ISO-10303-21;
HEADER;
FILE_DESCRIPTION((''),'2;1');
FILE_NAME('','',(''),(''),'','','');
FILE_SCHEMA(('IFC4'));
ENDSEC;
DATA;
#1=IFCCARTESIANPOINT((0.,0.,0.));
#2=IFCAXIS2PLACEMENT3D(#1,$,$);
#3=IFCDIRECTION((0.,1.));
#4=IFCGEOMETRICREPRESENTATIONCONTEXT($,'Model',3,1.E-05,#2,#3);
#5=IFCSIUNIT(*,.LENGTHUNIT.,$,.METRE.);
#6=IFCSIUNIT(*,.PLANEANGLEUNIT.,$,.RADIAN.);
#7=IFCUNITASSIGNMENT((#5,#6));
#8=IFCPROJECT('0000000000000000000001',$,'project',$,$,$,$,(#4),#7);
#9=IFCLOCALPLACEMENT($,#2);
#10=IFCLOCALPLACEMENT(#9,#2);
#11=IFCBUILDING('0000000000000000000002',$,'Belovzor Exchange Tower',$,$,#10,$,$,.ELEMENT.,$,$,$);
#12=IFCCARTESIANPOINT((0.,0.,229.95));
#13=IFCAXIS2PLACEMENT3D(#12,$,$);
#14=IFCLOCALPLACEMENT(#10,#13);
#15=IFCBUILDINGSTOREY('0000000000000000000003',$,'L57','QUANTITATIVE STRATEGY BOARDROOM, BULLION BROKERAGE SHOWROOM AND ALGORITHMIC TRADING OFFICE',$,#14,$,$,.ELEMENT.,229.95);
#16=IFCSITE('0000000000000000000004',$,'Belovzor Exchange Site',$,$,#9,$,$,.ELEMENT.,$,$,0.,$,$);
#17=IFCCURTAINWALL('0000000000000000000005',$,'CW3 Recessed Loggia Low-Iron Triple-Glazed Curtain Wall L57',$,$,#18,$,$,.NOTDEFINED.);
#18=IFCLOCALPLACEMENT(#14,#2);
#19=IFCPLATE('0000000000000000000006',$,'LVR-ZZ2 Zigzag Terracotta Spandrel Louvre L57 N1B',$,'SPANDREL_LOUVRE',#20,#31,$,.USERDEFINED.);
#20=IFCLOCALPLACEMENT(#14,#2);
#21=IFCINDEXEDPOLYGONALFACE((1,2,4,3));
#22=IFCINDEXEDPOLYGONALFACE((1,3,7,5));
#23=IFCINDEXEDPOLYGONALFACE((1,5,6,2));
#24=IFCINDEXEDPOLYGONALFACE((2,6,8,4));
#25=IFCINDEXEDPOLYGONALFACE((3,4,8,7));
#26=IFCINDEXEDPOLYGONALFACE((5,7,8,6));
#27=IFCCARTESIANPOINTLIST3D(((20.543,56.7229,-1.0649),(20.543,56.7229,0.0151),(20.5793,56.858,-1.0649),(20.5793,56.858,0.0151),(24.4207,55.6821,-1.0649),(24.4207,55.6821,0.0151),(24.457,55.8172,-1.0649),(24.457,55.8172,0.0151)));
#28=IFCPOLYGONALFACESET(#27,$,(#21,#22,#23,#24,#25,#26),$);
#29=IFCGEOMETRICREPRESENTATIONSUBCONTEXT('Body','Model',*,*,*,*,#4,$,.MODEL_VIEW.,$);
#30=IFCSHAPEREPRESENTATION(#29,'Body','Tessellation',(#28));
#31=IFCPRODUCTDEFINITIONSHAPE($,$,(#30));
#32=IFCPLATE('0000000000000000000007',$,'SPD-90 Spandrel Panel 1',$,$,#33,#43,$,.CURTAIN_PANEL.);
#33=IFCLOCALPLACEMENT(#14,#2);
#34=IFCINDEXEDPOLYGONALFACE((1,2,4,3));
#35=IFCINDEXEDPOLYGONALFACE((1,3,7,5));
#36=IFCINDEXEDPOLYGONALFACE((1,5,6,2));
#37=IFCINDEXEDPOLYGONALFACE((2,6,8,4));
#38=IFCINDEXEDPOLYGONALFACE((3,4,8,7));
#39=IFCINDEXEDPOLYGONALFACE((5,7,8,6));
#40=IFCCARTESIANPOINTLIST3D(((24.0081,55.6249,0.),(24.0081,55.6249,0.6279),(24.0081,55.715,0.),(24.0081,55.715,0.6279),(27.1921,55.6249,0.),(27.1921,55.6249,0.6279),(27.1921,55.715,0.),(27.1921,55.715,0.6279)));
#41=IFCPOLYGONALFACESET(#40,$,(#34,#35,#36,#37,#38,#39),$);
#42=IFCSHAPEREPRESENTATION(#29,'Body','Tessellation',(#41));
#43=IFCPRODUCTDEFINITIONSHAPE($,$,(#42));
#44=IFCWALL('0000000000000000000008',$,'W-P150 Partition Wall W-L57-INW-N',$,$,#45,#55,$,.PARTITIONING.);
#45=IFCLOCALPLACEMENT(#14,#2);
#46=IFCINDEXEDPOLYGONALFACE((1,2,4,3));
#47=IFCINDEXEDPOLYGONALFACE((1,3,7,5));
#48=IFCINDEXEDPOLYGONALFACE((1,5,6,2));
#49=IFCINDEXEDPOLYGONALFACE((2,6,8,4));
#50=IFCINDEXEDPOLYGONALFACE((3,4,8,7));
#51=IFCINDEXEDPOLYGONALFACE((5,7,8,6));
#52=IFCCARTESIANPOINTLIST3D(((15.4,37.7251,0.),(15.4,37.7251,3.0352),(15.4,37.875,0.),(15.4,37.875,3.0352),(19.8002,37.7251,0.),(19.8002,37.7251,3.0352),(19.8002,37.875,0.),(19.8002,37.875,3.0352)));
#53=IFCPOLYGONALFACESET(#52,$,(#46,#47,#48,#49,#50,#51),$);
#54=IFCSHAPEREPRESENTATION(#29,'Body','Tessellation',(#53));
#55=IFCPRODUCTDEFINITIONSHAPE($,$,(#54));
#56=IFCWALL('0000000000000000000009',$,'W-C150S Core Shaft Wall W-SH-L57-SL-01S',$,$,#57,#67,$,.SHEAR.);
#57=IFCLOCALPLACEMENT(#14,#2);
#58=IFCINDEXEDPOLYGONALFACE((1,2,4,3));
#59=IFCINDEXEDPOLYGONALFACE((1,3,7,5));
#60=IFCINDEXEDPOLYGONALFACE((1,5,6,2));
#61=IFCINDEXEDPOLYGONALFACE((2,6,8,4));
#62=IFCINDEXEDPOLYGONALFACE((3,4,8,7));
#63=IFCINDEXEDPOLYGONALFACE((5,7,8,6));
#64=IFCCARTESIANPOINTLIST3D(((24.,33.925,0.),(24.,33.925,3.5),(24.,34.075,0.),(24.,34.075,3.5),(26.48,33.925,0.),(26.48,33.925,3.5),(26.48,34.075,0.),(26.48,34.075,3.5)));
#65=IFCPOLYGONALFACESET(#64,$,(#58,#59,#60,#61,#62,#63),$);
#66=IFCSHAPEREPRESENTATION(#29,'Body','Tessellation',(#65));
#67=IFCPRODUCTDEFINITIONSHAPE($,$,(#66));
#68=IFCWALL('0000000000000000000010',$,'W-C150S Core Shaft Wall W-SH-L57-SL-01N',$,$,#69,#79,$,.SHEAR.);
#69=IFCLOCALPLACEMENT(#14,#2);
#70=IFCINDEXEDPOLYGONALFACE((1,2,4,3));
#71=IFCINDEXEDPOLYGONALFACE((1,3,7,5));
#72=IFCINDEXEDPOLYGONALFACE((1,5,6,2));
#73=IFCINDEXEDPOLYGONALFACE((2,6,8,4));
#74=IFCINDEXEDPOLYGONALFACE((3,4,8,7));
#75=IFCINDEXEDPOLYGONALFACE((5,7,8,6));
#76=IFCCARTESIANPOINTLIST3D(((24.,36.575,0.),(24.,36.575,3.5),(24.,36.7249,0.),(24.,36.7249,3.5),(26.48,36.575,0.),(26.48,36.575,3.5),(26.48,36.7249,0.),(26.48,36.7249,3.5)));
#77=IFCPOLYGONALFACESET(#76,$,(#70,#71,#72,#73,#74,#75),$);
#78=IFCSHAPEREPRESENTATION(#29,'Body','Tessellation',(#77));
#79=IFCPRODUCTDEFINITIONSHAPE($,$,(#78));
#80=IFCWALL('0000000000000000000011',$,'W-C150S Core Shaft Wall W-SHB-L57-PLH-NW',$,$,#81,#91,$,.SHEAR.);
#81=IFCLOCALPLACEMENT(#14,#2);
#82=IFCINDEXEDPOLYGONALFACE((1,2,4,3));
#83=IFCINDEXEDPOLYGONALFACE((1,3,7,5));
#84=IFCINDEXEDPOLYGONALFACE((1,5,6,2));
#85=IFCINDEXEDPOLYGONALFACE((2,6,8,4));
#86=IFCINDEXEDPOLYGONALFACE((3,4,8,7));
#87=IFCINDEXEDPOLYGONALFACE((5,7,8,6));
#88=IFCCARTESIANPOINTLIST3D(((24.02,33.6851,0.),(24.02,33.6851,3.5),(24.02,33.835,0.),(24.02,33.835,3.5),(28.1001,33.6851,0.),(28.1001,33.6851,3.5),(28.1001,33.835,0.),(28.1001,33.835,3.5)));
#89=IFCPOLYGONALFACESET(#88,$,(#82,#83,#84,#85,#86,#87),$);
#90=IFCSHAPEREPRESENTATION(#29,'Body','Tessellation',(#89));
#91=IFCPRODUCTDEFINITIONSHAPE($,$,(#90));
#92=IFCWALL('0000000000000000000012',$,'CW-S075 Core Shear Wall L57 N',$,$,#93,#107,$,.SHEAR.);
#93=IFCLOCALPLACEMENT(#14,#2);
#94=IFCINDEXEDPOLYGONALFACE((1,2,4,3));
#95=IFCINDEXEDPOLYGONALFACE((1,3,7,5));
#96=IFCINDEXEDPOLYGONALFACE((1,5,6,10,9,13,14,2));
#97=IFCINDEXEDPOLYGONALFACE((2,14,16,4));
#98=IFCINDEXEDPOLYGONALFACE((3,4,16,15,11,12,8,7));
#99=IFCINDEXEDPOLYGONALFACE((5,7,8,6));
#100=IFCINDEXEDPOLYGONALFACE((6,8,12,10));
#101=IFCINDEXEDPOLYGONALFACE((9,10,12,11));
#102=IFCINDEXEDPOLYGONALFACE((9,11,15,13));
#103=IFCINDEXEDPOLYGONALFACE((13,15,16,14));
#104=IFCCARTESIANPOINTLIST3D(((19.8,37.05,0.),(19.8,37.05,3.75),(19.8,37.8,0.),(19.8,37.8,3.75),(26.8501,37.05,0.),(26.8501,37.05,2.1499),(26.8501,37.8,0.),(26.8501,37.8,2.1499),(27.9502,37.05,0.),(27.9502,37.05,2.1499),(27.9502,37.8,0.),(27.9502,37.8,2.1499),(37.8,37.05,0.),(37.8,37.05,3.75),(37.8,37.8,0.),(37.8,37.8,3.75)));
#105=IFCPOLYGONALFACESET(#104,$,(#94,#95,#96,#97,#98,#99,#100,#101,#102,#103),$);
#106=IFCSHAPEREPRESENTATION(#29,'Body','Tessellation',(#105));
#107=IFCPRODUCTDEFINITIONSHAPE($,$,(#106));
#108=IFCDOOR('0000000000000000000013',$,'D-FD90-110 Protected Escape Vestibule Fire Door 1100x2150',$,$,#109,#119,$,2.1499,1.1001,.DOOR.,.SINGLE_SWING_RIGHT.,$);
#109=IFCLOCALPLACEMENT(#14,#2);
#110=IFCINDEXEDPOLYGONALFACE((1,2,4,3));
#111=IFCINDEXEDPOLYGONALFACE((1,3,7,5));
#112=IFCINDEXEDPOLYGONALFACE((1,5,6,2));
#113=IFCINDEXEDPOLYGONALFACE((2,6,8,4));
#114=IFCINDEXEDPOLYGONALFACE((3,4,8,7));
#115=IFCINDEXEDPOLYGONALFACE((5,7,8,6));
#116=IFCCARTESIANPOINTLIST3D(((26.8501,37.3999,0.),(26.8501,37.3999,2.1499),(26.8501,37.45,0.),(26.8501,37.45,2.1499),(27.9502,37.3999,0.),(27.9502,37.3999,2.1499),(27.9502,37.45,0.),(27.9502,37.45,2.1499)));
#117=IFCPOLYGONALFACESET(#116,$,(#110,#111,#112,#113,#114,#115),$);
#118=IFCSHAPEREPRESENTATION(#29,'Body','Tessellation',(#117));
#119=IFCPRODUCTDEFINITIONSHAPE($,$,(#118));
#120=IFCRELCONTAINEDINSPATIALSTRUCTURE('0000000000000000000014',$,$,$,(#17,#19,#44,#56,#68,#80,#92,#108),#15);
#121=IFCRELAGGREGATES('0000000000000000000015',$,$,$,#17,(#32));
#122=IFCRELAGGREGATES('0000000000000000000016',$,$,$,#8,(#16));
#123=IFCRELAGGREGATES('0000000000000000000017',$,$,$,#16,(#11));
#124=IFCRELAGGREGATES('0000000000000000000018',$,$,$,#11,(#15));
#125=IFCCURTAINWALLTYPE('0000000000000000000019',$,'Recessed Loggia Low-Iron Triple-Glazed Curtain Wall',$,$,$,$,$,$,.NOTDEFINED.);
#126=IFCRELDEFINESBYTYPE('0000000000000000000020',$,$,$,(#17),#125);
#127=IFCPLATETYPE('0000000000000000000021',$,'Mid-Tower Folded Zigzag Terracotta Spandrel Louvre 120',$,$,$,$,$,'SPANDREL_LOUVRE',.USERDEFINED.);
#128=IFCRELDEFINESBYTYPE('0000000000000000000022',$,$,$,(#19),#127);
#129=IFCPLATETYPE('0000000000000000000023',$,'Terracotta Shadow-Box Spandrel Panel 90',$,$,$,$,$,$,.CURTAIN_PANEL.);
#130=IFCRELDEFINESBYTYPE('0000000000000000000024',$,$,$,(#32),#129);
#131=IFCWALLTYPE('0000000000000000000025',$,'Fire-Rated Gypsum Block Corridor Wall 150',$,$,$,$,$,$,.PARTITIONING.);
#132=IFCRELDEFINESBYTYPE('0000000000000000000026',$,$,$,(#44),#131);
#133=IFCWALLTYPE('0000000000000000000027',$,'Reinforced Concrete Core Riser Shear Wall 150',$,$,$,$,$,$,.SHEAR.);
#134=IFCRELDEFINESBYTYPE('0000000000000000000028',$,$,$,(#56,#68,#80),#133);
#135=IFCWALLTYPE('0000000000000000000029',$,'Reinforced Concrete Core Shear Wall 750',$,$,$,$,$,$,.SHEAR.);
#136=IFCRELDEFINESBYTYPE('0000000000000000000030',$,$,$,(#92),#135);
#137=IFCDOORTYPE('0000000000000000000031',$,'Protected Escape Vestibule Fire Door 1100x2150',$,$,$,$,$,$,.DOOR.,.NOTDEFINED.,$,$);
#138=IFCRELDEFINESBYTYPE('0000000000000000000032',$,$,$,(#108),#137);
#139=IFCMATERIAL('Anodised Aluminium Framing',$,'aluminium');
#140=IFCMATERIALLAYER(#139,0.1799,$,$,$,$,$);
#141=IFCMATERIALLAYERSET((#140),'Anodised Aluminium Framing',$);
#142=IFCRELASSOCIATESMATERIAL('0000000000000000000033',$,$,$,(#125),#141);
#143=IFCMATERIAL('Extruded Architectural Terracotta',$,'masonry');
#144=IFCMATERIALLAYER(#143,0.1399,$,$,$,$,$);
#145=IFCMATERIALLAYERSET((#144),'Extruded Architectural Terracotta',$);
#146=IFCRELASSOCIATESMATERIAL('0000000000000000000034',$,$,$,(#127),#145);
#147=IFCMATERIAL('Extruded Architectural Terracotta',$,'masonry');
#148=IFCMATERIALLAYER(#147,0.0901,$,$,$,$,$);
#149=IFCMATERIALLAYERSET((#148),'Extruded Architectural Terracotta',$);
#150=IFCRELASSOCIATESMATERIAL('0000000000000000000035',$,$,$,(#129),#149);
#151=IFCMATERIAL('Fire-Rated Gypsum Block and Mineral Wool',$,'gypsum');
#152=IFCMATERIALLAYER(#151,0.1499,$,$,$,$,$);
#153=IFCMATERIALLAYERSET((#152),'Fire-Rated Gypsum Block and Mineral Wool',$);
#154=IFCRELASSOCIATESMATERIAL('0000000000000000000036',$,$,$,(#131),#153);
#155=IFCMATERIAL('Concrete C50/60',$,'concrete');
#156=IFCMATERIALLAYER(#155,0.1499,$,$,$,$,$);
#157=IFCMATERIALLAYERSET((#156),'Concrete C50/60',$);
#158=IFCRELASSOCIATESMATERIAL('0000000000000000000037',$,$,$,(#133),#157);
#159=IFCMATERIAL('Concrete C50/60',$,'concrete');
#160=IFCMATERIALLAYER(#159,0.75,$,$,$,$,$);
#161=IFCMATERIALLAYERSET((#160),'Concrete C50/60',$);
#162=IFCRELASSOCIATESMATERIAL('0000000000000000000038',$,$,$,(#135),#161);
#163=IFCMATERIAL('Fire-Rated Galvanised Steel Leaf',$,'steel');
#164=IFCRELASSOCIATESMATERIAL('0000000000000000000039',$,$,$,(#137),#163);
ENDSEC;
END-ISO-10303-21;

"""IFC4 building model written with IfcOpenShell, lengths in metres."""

from ifc_helpers import new_model, si_unit, direction, frame, frame_2d, origin, origin_2d, place, context, subcontext, project, spatial, rectangle, extrude, material, layer, layer_set, type_object, element, fill, aggregate, save


model = new_model("IFC4")

# Units and contexts
model_context = context("Model", 3, precision=1e-05, world=origin(), true_north=direction((0.0, 1.0)))
body_context = subcontext(model_context, "Body", "Model", "MODEL_VIEW")
ifc_project = project(units=[si_unit("LENGTHUNIT", "METRE"), si_unit("PLANEANGLEUNIT", "RADIAN")], contexts=[model_context])

# Site, building, storey
site_placement = place(None, origin())
site = spatial("IfcSite", under=ifc_project, at=site_placement, Name="Belovzor Exchange Site", CompositionType="ELEMENT", RefElevation=0.0)
building_placement = place(site_placement, origin())
building = spatial("IfcBuilding", under=site, at=building_placement, Name="Belovzor Exchange Tower", CompositionType="ELEMENT")
storey_placement = place(building_placement, frame((0.0, 0.0, 229.95)))
storey = spatial("IfcBuildingStorey", under=building, at=storey_placement, Name="L57", Description="QUANTITATIVE STRATEGY BOARDROOM, BULLION BROKERAGE SHOWROOM AND ALGORITHMIC TRADING OFFICE", CompositionType="ELEMENT", Elevation=229.95)

# Curtain wall
ifc_material_1 = material(Name="Anodised Aluminium Framing", Category="aluminium")
ifc_layer_1 = layer(ifc_material_1, 0.1799)
ifc_layer_set_1 = layer_set([ifc_layer_1], Name="Anodised Aluminium Framing")
curtain_wall_type = type_object("IfcCurtainWallType", Name="Recessed Loggia Low-Iron Triple-Glazed Curtain Wall", PredefinedType="NOTDEFINED", material=ifc_layer_set_1)
curtain_wall_placement = place(storey_placement, origin())
curtain_wall = element("IfcCurtainWall", 1, at=curtain_wall_placement, inside=storey, type_object=curtain_wall_type, Name="CW3 Recessed Loggia Low-Iron Triple-Glazed Curtain Wall L57", PredefinedType="NOTDEFINED")

# Plate
ifc_material_2 = material(Name="Extruded Architectural Terracotta", Category="masonry")
ifc_layer_2 = layer(ifc_material_2, 0.1399)
ifc_layer_set_2 = layer_set([ifc_layer_2], Name="Extruded Architectural Terracotta")
plate_type_1 = type_object("IfcPlateType", Name="Mid-Tower Folded Zigzag Terracotta Spandrel Louvre 120", ElementType="SPANDREL_LOUVRE", PredefinedType="USERDEFINED", material=ifc_layer_set_2)
for number, where, z_axis, x_axis, name in (
    (2, (22.5, 56.27, -1.0649), (0.0, 0.0, 1.0), (0.965813, -0.25924, 0.0), "LVR-ZZ2 Zigzag Terracotta Spandrel Louvre L57 N1B"),
):
    element("IfcPlate", number, at=place(storey_placement, frame(where, z_axis=z_axis, x_axis=x_axis)), inside=storey, type_object=plate_type_1, Name=name, ObjectType="SPANDREL_LOUVRE", PredefinedType="USERDEFINED", context=body_context, shape_type="SweptSolid", body=[
        extrude(rectangle(XDim=4.0149, YDim=0.1399, at=origin_2d()), origin(), (0.0, 0.0, 1.0), 1.0801),
    ])

# Plate
ifc_material_3 = material(Name="Extruded Architectural Terracotta", Category="masonry")
ifc_layer_3 = layer(ifc_material_3, 0.0901)
ifc_layer_set_3 = layer_set([ifc_layer_3], Name="Extruded Architectural Terracotta")
plate_type_2 = type_object("IfcPlateType", Name="Terracotta Shadow-Box Spandrel Panel 90", PredefinedType="CURTAIN_PANEL", material=ifc_layer_set_3)
plate_1_placement = place(storey_placement, frame((25.6001, 55.6699, 0.0), z_axis=(0.0, 0.0, 1.0), x_axis=(1.0, 0.0, 0.0)))
plate_1 = element("IfcPlate", 3, at=plate_1_placement, type_object=plate_type_2, Name="SPD-90 Spandrel Panel 1", PredefinedType="CURTAIN_PANEL", context=body_context, shape_type="SweptSolid", body=[
    extrude(rectangle(XDim=3.1841, YDim=0.0901, at=origin_2d()), origin(), (0.0, 0.0, 1.0), 0.6279),
])
aggregate(curtain_wall, [plate_1])

# Walls
ifc_material_4 = material(Name="Fire-Rated Gypsum Block and Mineral Wool", Category="gypsum")
ifc_layer_4 = layer(ifc_material_4, 0.1499)
ifc_layer_set_4 = layer_set([ifc_layer_4], Name="Fire-Rated Gypsum Block and Mineral Wool")
wall_type_1 = type_object("IfcWallType", Name="Fire-Rated Gypsum Block Corridor Wall 150", PredefinedType="PARTITIONING", material=ifc_layer_set_4)
wall_1_placement = place(storey_placement, frame((15.3999, 37.8, 0.0), z_axis=(0.0, 0.0, 1.0), x_axis=(1.0, 0.0, 0.0)))
element("IfcWall", 4, at=wall_1_placement, inside=storey, type_object=wall_type_1, Name="W-P150 Partition Wall W-L57-INW-N", PredefinedType="PARTITIONING", context=body_context, shape_type="SweptSolid", body=[
    extrude(rectangle(XDim=4.4001, YDim=0.1499, at=frame_2d((2.2002, 0.0))), origin(), (0.0, 0.0, 1.0), 3.0352),
])
ifc_material_5 = material(Name="Concrete C50/60", Category="concrete")
ifc_layer_5 = layer(ifc_material_5, 0.1499)
ifc_layer_set_5 = layer_set([ifc_layer_5], Name="Concrete C50/60")
wall_type_2 = type_object("IfcWallType", Name="Reinforced Concrete Core Riser Shear Wall 150", PredefinedType="SHEAR", material=ifc_layer_set_5)
for number, where, z_axis, x_axis, name in (
    (5, (24.0, 34.0, 0.0), (0.0, 0.0, 1.0), (1.0, 0.0, 0.0), "W-C150S Core Shaft Wall W-SH-L57-SL-01S"),
    (6, (24.0, 36.6499, 0.0), (0.0, 0.0, 1.0), (1.0, 0.0, 0.0), "W-C150S Core Shaft Wall W-SH-L57-SL-01N"),
):
    element("IfcWall", number, at=place(storey_placement, frame(where, z_axis=z_axis, x_axis=x_axis)), inside=storey, type_object=wall_type_2, Name=name, PredefinedType="SHEAR", context=body_context, shape_type="SweptSolid", body=[
        extrude(rectangle(XDim=2.48, YDim=0.1499, at=frame_2d((1.24, 0.0))), origin(), (0.0, 0.0, 1.0), 3.5),
    ])
wall_2_placement = place(storey_placement, frame((24.02, 33.76, 0.0), z_axis=(0.0, 0.0, 1.0), x_axis=(1.0, 0.0, 0.0)))
element("IfcWall", 7, at=wall_2_placement, inside=storey, type_object=wall_type_2, Name="W-C150S Core Shaft Wall W-SHB-L57-PLH-NW", PredefinedType="SHEAR", context=body_context, shape_type="SweptSolid", body=[
    extrude(rectangle(XDim=4.0801, YDim=0.1499, at=frame_2d((2.04, 0.0))), origin(), (0.0, 0.0, 1.0), 3.5),
])

# Wall, opening, door
ifc_material_6 = material(Name="Concrete C50/60", Category="concrete")
ifc_layer_6 = layer(ifc_material_6, 0.75)
ifc_layer_set_6 = layer_set([ifc_layer_6], Name="Concrete C50/60")
wall_type_3 = type_object("IfcWallType", Name="Reinforced Concrete Core Shear Wall 750", PredefinedType="SHEAR", material=ifc_layer_set_6)
wall_3_placement = place(storey_placement, frame((19.8, 37.425, 0.0), z_axis=(0.0, 0.0, 1.0), x_axis=(1.0, 0.0, 0.0)))
wall_3 = element("IfcWall", 8, at=wall_3_placement, inside=storey, type_object=wall_type_3, Name="CW-S075 Core Shear Wall L57 N", PredefinedType="SHEAR", context=body_context, shape_type="SweptSolid", body=[
    extrude(rectangle(XDim=18.0, YDim=0.75, at=frame_2d((9.0, 0.0))), origin(), (0.0, 0.0, 1.0), 3.75),
])
opening_1_placement = place(wall_3_placement, frame((7.05, 0.0, 0.0)))
opening_1 = element("IfcOpeningElement", 9, at=opening_1_placement, cuts=wall_3, PredefinedType="OPENING", context=body_context, shape_type="SweptSolid", body=[
    extrude(rectangle(XDim=1.1001, YDim=2.1499, at=frame_2d((0.55, 1.075))), frame((0.0, 0.385, 0.0), z_axis=(0.0, -1.0, 0.0), x_axis=(1.0, 0.0, 0.0)), (0.0, 0.0, 1.0), 0.77),
])
ifc_material_7 = material(Name="Fire-Rated Galvanised Steel Leaf", Category="steel")
door_type_1 = type_object("IfcDoorType", Name="Protected Escape Vestibule Fire Door 1100x2150", OperationType="NOTDEFINED", PredefinedType="DOOR", material=ifc_material_7)
door_1_placement = place(opening_1_placement, origin())
door_1 = element("IfcDoor", 10, at=door_1_placement, inside=storey, type_object=door_type_1, Name="D-FD90-110 Protected Escape Vestibule Fire Door 1100x2150", OperationType="SINGLE_SWING_RIGHT", OverallHeight=2.1499, OverallWidth=1.1001, PredefinedType="DOOR", context=body_context, shape_type="SweptSolid", body=[
    extrude(rectangle(XDim=1.1001, YDim=2.1499, at=frame_2d((0.55, 1.075))), frame((0.0, 0.0249, 0.0), z_axis=(0.0, -1.0, 0.0), x_axis=(1.0, 0.0, 0.0)), (0.0, 0.0, 1.0), 0.05),
])
fill(opening_1, door_1)

save(model, "model.ifc")
